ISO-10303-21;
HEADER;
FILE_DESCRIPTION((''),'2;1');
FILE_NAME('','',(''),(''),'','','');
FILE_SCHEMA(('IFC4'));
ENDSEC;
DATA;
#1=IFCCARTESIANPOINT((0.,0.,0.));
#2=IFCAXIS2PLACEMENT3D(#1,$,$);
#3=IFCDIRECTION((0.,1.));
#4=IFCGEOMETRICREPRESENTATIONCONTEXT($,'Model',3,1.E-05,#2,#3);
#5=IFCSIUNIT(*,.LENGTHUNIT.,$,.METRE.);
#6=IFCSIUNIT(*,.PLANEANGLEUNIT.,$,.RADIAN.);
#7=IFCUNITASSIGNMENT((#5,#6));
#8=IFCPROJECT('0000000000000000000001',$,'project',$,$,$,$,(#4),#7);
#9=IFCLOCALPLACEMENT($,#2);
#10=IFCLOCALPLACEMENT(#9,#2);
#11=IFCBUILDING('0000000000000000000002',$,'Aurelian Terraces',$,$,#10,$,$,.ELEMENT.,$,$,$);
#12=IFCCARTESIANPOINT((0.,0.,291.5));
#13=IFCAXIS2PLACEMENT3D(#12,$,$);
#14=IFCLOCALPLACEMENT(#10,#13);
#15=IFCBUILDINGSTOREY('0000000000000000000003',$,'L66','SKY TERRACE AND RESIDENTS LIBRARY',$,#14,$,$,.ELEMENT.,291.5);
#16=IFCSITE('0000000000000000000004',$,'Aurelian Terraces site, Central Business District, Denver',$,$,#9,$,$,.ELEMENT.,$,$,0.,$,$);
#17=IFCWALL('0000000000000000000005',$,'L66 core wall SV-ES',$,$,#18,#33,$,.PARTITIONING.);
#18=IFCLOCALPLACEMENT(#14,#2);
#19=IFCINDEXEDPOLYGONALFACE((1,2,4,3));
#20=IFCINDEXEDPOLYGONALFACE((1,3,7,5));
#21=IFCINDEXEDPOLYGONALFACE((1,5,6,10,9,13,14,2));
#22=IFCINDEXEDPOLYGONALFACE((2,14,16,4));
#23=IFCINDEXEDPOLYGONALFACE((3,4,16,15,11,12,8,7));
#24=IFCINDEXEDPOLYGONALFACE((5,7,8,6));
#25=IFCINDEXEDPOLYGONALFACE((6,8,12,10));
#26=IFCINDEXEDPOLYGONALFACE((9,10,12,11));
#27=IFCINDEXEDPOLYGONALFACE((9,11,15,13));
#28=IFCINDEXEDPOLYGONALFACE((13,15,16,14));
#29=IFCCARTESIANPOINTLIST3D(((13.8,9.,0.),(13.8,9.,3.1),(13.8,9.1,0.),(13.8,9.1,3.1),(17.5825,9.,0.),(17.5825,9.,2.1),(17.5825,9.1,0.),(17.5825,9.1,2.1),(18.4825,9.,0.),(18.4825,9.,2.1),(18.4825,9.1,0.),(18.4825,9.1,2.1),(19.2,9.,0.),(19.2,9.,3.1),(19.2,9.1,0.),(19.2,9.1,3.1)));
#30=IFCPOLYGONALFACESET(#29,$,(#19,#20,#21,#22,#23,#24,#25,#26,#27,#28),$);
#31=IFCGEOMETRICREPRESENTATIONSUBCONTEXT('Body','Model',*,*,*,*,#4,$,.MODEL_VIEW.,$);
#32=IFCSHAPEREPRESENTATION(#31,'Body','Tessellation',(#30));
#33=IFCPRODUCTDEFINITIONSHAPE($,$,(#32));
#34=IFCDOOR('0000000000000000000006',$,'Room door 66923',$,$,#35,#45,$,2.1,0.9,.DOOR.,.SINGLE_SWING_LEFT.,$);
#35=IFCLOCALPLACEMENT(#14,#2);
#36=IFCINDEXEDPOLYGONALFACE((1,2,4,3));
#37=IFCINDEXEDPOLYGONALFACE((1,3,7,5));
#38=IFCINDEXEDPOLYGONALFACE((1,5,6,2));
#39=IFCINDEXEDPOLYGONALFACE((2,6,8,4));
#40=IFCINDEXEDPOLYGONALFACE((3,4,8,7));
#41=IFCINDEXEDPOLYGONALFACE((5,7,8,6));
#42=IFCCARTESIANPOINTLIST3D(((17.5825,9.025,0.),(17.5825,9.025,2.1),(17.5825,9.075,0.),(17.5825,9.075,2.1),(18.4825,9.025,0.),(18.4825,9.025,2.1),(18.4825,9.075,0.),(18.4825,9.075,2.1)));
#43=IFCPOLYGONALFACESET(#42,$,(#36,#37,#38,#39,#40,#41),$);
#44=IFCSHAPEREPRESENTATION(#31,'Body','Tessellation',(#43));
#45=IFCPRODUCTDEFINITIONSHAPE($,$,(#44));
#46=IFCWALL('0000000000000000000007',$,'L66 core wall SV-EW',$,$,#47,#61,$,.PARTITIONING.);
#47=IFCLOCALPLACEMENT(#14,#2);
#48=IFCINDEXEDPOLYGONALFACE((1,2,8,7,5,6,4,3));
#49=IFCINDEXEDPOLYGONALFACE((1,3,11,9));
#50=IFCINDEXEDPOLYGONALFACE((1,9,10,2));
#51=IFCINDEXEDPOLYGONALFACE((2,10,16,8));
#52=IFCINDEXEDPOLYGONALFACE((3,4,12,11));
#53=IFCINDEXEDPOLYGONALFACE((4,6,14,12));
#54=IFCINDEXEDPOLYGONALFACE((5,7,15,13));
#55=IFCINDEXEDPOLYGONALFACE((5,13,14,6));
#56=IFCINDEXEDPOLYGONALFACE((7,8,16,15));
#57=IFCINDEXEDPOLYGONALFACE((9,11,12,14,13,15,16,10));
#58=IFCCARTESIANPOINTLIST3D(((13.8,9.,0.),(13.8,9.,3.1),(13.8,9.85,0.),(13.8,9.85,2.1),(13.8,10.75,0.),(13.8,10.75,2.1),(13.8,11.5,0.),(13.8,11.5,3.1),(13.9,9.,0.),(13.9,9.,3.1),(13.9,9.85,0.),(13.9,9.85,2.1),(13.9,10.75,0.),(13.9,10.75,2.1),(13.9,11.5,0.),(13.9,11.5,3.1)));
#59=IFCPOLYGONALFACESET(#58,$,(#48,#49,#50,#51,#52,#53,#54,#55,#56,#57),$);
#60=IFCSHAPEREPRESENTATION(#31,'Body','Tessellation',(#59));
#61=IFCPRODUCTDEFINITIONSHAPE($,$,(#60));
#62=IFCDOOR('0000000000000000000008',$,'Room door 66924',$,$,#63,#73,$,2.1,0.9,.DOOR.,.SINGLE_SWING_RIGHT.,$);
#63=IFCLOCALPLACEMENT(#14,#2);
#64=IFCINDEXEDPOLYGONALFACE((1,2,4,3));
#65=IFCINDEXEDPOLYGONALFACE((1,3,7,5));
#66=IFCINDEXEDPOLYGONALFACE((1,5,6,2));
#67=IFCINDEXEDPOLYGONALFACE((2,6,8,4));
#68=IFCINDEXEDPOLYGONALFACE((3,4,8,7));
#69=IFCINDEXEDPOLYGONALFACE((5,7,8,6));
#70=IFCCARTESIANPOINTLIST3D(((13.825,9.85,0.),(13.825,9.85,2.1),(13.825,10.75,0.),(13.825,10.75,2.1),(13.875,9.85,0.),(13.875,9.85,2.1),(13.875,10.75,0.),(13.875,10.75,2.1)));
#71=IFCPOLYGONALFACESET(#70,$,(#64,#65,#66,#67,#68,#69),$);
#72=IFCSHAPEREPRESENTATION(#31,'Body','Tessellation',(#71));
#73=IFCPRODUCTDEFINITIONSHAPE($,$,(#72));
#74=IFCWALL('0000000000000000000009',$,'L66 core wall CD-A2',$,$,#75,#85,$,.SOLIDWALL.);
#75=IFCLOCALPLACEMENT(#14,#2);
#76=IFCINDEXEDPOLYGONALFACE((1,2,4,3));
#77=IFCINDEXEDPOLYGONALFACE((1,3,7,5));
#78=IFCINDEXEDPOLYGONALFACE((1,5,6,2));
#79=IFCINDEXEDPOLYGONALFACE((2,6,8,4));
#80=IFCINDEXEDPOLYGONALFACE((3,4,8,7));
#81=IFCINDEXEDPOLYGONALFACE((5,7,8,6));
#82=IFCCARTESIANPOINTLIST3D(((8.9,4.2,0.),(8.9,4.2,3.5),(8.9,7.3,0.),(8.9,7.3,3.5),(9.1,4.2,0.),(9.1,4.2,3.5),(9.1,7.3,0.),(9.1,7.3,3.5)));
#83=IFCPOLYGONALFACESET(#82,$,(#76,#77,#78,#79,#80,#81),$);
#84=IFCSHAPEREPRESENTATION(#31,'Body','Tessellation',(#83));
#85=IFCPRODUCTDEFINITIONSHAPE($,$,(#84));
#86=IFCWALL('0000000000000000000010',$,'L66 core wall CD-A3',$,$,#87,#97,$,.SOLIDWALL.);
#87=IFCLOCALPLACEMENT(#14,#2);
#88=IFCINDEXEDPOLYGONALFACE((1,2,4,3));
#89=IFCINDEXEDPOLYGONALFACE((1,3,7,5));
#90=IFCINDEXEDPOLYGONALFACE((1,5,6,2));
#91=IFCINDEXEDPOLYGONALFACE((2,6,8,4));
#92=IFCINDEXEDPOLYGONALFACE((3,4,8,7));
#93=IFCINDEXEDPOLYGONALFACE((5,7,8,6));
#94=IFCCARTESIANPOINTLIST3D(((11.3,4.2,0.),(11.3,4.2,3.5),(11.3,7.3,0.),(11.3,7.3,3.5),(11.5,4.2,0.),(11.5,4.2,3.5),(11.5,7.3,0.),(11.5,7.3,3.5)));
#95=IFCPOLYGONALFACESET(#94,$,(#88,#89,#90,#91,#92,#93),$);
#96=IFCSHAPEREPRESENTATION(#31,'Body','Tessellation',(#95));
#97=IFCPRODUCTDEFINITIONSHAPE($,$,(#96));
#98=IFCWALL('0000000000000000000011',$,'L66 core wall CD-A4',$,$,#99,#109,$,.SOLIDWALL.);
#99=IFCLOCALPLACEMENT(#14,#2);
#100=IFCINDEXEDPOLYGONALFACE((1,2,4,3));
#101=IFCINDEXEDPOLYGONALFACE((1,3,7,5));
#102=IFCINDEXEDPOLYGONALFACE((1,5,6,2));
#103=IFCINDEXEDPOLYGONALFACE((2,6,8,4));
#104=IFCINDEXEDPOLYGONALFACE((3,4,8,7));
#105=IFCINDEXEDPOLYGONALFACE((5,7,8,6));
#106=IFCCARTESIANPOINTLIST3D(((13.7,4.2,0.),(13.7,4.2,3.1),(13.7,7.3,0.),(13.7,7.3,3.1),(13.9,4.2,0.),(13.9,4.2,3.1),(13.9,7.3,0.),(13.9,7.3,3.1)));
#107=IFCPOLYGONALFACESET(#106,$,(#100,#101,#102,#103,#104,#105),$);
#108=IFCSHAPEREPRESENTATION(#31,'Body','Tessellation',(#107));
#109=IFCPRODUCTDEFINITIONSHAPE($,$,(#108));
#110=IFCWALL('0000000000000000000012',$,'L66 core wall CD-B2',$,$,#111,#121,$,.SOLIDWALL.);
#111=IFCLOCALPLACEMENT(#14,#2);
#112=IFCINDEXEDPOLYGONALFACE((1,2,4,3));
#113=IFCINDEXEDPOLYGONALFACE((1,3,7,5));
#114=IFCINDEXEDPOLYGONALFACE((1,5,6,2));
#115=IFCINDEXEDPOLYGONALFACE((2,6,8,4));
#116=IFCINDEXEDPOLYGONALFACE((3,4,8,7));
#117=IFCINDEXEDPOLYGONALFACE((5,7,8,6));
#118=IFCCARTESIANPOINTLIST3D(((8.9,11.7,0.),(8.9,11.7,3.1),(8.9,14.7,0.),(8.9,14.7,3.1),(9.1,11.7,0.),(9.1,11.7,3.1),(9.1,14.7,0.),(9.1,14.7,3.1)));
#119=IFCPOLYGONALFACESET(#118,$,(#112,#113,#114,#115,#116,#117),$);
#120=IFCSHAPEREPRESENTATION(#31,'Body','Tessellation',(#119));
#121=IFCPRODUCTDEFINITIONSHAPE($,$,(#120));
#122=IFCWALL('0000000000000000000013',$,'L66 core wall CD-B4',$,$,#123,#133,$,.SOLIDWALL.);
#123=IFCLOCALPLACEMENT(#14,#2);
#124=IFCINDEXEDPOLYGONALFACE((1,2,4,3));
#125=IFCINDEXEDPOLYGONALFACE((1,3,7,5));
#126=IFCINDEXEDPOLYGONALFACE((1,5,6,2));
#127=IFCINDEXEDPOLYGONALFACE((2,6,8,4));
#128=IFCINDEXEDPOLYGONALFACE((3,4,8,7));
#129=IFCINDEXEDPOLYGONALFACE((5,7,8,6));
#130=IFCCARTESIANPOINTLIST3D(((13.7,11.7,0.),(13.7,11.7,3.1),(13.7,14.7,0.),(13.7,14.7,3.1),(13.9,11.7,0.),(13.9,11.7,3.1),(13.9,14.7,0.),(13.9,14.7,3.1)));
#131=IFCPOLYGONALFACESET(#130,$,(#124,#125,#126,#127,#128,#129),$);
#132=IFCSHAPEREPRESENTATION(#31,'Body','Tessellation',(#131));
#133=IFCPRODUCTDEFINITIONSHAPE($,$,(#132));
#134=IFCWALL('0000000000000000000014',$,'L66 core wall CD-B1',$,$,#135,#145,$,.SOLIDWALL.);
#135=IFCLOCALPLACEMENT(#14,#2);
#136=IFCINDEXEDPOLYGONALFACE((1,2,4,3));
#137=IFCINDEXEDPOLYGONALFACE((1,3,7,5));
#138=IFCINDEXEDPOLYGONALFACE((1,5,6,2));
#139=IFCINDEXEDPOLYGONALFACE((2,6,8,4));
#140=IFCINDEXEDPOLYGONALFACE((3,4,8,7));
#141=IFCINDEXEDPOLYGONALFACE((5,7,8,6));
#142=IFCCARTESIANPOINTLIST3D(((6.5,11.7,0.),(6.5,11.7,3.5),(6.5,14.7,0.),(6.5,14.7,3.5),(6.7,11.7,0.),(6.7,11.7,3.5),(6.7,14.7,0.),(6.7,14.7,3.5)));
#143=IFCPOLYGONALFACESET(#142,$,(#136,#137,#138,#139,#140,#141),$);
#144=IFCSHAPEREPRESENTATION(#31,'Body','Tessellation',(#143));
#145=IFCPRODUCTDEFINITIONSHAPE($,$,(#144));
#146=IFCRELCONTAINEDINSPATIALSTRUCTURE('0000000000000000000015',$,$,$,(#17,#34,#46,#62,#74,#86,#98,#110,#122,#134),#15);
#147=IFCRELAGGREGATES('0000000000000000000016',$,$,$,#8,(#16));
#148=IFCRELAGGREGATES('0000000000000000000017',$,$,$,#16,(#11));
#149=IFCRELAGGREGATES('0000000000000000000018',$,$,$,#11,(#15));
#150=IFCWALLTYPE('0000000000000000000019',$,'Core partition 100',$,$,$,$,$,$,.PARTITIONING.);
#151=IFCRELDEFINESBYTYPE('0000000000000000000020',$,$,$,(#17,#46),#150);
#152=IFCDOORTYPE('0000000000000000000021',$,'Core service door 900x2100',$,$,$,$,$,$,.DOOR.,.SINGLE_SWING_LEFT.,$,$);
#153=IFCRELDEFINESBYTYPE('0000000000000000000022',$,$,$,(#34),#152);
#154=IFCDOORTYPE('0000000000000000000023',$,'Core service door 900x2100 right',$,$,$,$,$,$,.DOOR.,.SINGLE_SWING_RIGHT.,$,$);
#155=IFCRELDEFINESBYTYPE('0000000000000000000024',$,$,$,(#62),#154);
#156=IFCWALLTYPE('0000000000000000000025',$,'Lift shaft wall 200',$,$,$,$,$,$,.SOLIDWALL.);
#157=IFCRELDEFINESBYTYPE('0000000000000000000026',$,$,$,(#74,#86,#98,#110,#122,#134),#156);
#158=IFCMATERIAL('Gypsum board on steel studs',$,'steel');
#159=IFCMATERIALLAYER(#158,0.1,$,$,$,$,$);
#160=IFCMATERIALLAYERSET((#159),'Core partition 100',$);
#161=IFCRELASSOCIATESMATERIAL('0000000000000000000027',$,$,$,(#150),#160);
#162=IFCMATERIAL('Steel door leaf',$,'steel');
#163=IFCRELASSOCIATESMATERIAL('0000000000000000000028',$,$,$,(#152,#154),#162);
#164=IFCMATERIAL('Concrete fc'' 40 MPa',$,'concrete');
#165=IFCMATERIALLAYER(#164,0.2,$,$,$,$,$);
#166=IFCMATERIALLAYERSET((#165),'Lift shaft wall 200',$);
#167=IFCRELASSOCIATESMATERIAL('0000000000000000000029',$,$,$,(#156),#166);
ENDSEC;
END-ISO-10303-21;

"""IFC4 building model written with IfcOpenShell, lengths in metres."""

from ifc_helpers import new_model, si_unit, direction, frame, frame_2d, origin, place, context, subcontext, project, spatial, rectangle, extrude, source, transform, mapped, material, layer, layer_set, type_object, element, fill, save


model = new_model("IFC4")

# Units and contexts
model_context = context("Model", 3, precision=1e-05, world=origin(), true_north=direction((0.0, 1.0)))
body_context = subcontext(model_context, "Body", "Model", "MODEL_VIEW")
ifc_project = project(units=[si_unit("LENGTHUNIT", "METRE"), si_unit("PLANEANGLEUNIT", "RADIAN")], contexts=[model_context])

# Site, building, storey
site_placement = place(None, origin())
site = spatial("IfcSite", under=ifc_project, at=site_placement, Name="Aurelian Terraces site, Central Business District, Denver", CompositionType="ELEMENT", RefElevation=0.0)
building_placement = place(site_placement, origin())
building = spatial("IfcBuilding", under=site, at=building_placement, Name="Aurelian Terraces", CompositionType="ELEMENT")
storey_placement = place(building_placement, frame((0.0, 0.0, 291.5)))
storey = spatial("IfcBuildingStorey", under=building, at=storey_placement, Name="L66", Description="SKY TERRACE AND RESIDENTS LIBRARY", CompositionType="ELEMENT", Elevation=291.5)

# Walls, openings, doors
ifc_material_1 = material(Name="Gypsum board on steel studs", Category="steel")
ifc_layer_1 = layer(ifc_material_1, 0.1)
ifc_layer_set_1 = layer_set([ifc_layer_1], Name="Core partition 100")
wall_type_1 = type_object("IfcWallType", Name="Core partition 100", PredefinedType="PARTITIONING", material=ifc_layer_set_1)
wall_1_placement = place(storey_placement, frame((13.8, 9.05, 0.0), z_axis=(0.0, 0.0, 1.0), x_axis=(1.0, 0.0, 0.0)))
wall_1 = element("IfcWall", 1, at=wall_1_placement, inside=storey, type_object=wall_type_1, Name="L66 core wall SV-ES", PredefinedType="PARTITIONING", context=body_context, shape_type="SweptSolid", body=[
    extrude(rectangle(XDim=5.4, YDim=0.1, at=frame_2d((2.7, 0.0))), origin(), (0.0, 0.0, 1.0), 3.1),
])
shared_shape_1 = source(origin(), body_context, "Body", "SweptSolid", [
    extrude(rectangle(XDim=0.9, YDim=2.1, at=frame_2d((0.45, 1.05))), frame((0.0, 0.06, 0.0), z_axis=(0.0, -1.0, 0.0), x_axis=(1.0, 0.0, 0.0)), (0.0, 0.0, 1.0), 0.12),
])
opening_1_placement = place(wall_1_placement, frame((3.7825, 0.0, 0.0)))
opening_1 = element("IfcOpeningElement", 2, at=opening_1_placement, cuts=wall_1, PredefinedType="OPENING", context=body_context, shape_type="MappedRepresentation", body=[
    mapped(shared_shape_1, transform((0.0, 0.0, 0.0), scale=1.0)),
])
ifc_material_2 = material(Name="Steel door leaf", Category="steel")
door_type_1 = type_object("IfcDoorType", Name="Core service door 900x2100", OperationType="SINGLE_SWING_LEFT", PredefinedType="DOOR", material=ifc_material_2)
shared_shape_2 = source(origin(), body_context, "Body", "SweptSolid", [
    extrude(rectangle(XDim=0.9, YDim=2.1, at=frame_2d((0.45, 1.05))), frame((0.0, 0.025, 0.0), z_axis=(0.0, -1.0, 0.0), x_axis=(1.0, 0.0, 0.0)), (0.0, 0.0, 1.0), 0.05),
])
door_1_placement = place(opening_1_placement, origin())
door_1 = element("IfcDoor", 3, at=door_1_placement, inside=storey, type_object=door_type_1, Name="Room door 66923", OperationType="SINGLE_SWING_LEFT", OverallHeight=2.1, OverallWidth=0.9, PredefinedType="DOOR", context=body_context, shape_type="MappedRepresentation", body=[
    mapped(shared_shape_2, transform((0.0, 0.0, 0.0), scale=1.0)),
])
fill(opening_1, door_1)
wall_2_placement = place(storey_placement, frame((13.85, 9.0, 0.0), z_axis=(0.0, 0.0, 1.0), x_axis=(0.0, 1.0, 0.0)))
wall_2 = element("IfcWall", 4, at=wall_2_placement, inside=storey, type_object=wall_type_1, Name="L66 core wall SV-EW", PredefinedType="PARTITIONING", context=body_context, shape_type="SweptSolid", body=[
    extrude(rectangle(XDim=2.5, YDim=0.1, at=frame_2d((1.25, 0.0))), origin(), (0.0, 0.0, 1.0), 3.1),
])
opening_2_placement = place(wall_2_placement, frame((0.85, 0.0, 0.0)))
opening_2 = element("IfcOpeningElement", 5, at=opening_2_placement, cuts=wall_2, PredefinedType="OPENING", context=body_context, shape_type="MappedRepresentation", body=[
    mapped(shared_shape_1, transform((0.0, 0.0, 0.0), scale=1.0)),
])
door_type_2 = type_object("IfcDoorType", Name="Core service door 900x2100 right", OperationType="SINGLE_SWING_RIGHT", PredefinedType="DOOR", material=ifc_material_2)
door_2_placement = place(opening_2_placement, origin())
door_2 = element("IfcDoor", 6, at=door_2_placement, inside=storey, type_object=door_type_2, Name="Room door 66924", OperationType="SINGLE_SWING_RIGHT", OverallHeight=2.1, OverallWidth=0.9, PredefinedType="DOOR", context=body_context, shape_type="MappedRepresentation", body=[
    mapped(shared_shape_2, transform((0.0, 0.0, 0.0), scale=1.0)),
])
fill(opening_2, door_2)

# Walls
ifc_material_3 = material(Name="Concrete fc' 40 MPa", Category="concrete")
ifc_layer_2 = layer(ifc_material_3, 0.2)
ifc_layer_set_2 = layer_set([ifc_layer_2], Name="Lift shaft wall 200")
wall_type_2 = type_object("IfcWallType", Name="Lift shaft wall 200", PredefinedType="SOLIDWALL", material=ifc_layer_set_2)
shared_shape_3 = source(origin(), body_context, "Body", "SweptSolid", [
    extrude(rectangle(XDim=3.1, YDim=0.2, at=frame_2d((1.55, 0.0))), origin(), (0.0, 0.0, 1.0), 3.5),
])
for number, where, z_axis, x_axis, name in (
    (7, (9.0, 4.2, 0.0), (0.0, 0.0, 1.0), (0.0, 1.0, 0.0), "L66 core wall CD-A2"),
    (8, (11.4, 4.2, 0.0), (0.0, 0.0, 1.0), (0.0, 1.0, 0.0), "L66 core wall CD-A3"),
):
    element("IfcWall", number, at=place(storey_placement, frame(where, z_axis=z_axis, x_axis=x_axis)), inside=storey, type_object=wall_type_2, Name=name, PredefinedType="SOLIDWALL", context=body_context, shape_type="MappedRepresentation", body=[
        mapped(shared_shape_3, transform((0.0, 0.0, 0.0), scale=1.0)),
    ])
shared_shape_4 = source(origin(), body_context, "Body", "SweptSolid", [
    extrude(rectangle(XDim=3.1, YDim=0.2, at=frame_2d((1.55, 0.0))), origin(), (0.0, 0.0, 1.0), 3.1),
])
wall_3_placement = place(storey_placement, frame((13.8, 4.2, 0.0), z_axis=(0.0, 0.0, 1.0), x_axis=(0.0, 1.0, 0.0)))
element("IfcWall", 9, at=wall_3_placement, inside=storey, type_object=wall_type_2, Name="L66 core wall CD-A4", PredefinedType="SOLIDWALL", context=body_context, shape_type="MappedRepresentation", body=[
    mapped(shared_shape_4, transform((0.0, 0.0, 0.0), scale=1.0)),
])
shared_shape_5 = source(origin(), body_context, "Body", "SweptSolid", [
    extrude(rectangle(XDim=3.0, YDim=0.2, at=frame_2d((1.5, 0.0))), origin(), (0.0, 0.0, 1.0), 3.1),
])
for number, where, z_axis, x_axis, name in (
    (10, (9.0, 11.7, 0.0), (0.0, 0.0, 1.0), (0.0, 1.0, 0.0), "L66 core wall CD-B2"),
    (11, (13.8, 11.7, 0.0), (0.0, 0.0, 1.0), (0.0, 1.0, 0.0), "L66 core wall CD-B4"),
):
    element("IfcWall", number, at=place(storey_placement, frame(where, z_axis=z_axis, x_axis=x_axis)), inside=storey, type_object=wall_type_2, Name=name, PredefinedType="SOLIDWALL", context=body_context, shape_type="MappedRepresentation", body=[
        mapped(shared_shape_5, transform((0.0, 0.0, 0.0), scale=1.0)),
    ])
shared_shape_6 = source(origin(), body_context, "Body", "SweptSolid", [
    extrude(rectangle(XDim=3.0, YDim=0.2, at=frame_2d((1.5, 0.0))), origin(), (0.0, 0.0, 1.0), 3.5),
])
wall_4_placement = place(storey_placement, frame((6.6, 11.7, 0.0), z_axis=(0.0, 0.0, 1.0), x_axis=(0.0, 1.0, 0.0)))
element("IfcWall", 12, at=wall_4_placement, inside=storey, type_object=wall_type_2, Name="L66 core wall CD-B1", PredefinedType="SOLIDWALL", context=body_context, shape_type="MappedRepresentation", body=[
    mapped(shared_shape_6, transform((0.0, 0.0, 0.0), scale=1.0)),
])

save(model, "model.ifc")
